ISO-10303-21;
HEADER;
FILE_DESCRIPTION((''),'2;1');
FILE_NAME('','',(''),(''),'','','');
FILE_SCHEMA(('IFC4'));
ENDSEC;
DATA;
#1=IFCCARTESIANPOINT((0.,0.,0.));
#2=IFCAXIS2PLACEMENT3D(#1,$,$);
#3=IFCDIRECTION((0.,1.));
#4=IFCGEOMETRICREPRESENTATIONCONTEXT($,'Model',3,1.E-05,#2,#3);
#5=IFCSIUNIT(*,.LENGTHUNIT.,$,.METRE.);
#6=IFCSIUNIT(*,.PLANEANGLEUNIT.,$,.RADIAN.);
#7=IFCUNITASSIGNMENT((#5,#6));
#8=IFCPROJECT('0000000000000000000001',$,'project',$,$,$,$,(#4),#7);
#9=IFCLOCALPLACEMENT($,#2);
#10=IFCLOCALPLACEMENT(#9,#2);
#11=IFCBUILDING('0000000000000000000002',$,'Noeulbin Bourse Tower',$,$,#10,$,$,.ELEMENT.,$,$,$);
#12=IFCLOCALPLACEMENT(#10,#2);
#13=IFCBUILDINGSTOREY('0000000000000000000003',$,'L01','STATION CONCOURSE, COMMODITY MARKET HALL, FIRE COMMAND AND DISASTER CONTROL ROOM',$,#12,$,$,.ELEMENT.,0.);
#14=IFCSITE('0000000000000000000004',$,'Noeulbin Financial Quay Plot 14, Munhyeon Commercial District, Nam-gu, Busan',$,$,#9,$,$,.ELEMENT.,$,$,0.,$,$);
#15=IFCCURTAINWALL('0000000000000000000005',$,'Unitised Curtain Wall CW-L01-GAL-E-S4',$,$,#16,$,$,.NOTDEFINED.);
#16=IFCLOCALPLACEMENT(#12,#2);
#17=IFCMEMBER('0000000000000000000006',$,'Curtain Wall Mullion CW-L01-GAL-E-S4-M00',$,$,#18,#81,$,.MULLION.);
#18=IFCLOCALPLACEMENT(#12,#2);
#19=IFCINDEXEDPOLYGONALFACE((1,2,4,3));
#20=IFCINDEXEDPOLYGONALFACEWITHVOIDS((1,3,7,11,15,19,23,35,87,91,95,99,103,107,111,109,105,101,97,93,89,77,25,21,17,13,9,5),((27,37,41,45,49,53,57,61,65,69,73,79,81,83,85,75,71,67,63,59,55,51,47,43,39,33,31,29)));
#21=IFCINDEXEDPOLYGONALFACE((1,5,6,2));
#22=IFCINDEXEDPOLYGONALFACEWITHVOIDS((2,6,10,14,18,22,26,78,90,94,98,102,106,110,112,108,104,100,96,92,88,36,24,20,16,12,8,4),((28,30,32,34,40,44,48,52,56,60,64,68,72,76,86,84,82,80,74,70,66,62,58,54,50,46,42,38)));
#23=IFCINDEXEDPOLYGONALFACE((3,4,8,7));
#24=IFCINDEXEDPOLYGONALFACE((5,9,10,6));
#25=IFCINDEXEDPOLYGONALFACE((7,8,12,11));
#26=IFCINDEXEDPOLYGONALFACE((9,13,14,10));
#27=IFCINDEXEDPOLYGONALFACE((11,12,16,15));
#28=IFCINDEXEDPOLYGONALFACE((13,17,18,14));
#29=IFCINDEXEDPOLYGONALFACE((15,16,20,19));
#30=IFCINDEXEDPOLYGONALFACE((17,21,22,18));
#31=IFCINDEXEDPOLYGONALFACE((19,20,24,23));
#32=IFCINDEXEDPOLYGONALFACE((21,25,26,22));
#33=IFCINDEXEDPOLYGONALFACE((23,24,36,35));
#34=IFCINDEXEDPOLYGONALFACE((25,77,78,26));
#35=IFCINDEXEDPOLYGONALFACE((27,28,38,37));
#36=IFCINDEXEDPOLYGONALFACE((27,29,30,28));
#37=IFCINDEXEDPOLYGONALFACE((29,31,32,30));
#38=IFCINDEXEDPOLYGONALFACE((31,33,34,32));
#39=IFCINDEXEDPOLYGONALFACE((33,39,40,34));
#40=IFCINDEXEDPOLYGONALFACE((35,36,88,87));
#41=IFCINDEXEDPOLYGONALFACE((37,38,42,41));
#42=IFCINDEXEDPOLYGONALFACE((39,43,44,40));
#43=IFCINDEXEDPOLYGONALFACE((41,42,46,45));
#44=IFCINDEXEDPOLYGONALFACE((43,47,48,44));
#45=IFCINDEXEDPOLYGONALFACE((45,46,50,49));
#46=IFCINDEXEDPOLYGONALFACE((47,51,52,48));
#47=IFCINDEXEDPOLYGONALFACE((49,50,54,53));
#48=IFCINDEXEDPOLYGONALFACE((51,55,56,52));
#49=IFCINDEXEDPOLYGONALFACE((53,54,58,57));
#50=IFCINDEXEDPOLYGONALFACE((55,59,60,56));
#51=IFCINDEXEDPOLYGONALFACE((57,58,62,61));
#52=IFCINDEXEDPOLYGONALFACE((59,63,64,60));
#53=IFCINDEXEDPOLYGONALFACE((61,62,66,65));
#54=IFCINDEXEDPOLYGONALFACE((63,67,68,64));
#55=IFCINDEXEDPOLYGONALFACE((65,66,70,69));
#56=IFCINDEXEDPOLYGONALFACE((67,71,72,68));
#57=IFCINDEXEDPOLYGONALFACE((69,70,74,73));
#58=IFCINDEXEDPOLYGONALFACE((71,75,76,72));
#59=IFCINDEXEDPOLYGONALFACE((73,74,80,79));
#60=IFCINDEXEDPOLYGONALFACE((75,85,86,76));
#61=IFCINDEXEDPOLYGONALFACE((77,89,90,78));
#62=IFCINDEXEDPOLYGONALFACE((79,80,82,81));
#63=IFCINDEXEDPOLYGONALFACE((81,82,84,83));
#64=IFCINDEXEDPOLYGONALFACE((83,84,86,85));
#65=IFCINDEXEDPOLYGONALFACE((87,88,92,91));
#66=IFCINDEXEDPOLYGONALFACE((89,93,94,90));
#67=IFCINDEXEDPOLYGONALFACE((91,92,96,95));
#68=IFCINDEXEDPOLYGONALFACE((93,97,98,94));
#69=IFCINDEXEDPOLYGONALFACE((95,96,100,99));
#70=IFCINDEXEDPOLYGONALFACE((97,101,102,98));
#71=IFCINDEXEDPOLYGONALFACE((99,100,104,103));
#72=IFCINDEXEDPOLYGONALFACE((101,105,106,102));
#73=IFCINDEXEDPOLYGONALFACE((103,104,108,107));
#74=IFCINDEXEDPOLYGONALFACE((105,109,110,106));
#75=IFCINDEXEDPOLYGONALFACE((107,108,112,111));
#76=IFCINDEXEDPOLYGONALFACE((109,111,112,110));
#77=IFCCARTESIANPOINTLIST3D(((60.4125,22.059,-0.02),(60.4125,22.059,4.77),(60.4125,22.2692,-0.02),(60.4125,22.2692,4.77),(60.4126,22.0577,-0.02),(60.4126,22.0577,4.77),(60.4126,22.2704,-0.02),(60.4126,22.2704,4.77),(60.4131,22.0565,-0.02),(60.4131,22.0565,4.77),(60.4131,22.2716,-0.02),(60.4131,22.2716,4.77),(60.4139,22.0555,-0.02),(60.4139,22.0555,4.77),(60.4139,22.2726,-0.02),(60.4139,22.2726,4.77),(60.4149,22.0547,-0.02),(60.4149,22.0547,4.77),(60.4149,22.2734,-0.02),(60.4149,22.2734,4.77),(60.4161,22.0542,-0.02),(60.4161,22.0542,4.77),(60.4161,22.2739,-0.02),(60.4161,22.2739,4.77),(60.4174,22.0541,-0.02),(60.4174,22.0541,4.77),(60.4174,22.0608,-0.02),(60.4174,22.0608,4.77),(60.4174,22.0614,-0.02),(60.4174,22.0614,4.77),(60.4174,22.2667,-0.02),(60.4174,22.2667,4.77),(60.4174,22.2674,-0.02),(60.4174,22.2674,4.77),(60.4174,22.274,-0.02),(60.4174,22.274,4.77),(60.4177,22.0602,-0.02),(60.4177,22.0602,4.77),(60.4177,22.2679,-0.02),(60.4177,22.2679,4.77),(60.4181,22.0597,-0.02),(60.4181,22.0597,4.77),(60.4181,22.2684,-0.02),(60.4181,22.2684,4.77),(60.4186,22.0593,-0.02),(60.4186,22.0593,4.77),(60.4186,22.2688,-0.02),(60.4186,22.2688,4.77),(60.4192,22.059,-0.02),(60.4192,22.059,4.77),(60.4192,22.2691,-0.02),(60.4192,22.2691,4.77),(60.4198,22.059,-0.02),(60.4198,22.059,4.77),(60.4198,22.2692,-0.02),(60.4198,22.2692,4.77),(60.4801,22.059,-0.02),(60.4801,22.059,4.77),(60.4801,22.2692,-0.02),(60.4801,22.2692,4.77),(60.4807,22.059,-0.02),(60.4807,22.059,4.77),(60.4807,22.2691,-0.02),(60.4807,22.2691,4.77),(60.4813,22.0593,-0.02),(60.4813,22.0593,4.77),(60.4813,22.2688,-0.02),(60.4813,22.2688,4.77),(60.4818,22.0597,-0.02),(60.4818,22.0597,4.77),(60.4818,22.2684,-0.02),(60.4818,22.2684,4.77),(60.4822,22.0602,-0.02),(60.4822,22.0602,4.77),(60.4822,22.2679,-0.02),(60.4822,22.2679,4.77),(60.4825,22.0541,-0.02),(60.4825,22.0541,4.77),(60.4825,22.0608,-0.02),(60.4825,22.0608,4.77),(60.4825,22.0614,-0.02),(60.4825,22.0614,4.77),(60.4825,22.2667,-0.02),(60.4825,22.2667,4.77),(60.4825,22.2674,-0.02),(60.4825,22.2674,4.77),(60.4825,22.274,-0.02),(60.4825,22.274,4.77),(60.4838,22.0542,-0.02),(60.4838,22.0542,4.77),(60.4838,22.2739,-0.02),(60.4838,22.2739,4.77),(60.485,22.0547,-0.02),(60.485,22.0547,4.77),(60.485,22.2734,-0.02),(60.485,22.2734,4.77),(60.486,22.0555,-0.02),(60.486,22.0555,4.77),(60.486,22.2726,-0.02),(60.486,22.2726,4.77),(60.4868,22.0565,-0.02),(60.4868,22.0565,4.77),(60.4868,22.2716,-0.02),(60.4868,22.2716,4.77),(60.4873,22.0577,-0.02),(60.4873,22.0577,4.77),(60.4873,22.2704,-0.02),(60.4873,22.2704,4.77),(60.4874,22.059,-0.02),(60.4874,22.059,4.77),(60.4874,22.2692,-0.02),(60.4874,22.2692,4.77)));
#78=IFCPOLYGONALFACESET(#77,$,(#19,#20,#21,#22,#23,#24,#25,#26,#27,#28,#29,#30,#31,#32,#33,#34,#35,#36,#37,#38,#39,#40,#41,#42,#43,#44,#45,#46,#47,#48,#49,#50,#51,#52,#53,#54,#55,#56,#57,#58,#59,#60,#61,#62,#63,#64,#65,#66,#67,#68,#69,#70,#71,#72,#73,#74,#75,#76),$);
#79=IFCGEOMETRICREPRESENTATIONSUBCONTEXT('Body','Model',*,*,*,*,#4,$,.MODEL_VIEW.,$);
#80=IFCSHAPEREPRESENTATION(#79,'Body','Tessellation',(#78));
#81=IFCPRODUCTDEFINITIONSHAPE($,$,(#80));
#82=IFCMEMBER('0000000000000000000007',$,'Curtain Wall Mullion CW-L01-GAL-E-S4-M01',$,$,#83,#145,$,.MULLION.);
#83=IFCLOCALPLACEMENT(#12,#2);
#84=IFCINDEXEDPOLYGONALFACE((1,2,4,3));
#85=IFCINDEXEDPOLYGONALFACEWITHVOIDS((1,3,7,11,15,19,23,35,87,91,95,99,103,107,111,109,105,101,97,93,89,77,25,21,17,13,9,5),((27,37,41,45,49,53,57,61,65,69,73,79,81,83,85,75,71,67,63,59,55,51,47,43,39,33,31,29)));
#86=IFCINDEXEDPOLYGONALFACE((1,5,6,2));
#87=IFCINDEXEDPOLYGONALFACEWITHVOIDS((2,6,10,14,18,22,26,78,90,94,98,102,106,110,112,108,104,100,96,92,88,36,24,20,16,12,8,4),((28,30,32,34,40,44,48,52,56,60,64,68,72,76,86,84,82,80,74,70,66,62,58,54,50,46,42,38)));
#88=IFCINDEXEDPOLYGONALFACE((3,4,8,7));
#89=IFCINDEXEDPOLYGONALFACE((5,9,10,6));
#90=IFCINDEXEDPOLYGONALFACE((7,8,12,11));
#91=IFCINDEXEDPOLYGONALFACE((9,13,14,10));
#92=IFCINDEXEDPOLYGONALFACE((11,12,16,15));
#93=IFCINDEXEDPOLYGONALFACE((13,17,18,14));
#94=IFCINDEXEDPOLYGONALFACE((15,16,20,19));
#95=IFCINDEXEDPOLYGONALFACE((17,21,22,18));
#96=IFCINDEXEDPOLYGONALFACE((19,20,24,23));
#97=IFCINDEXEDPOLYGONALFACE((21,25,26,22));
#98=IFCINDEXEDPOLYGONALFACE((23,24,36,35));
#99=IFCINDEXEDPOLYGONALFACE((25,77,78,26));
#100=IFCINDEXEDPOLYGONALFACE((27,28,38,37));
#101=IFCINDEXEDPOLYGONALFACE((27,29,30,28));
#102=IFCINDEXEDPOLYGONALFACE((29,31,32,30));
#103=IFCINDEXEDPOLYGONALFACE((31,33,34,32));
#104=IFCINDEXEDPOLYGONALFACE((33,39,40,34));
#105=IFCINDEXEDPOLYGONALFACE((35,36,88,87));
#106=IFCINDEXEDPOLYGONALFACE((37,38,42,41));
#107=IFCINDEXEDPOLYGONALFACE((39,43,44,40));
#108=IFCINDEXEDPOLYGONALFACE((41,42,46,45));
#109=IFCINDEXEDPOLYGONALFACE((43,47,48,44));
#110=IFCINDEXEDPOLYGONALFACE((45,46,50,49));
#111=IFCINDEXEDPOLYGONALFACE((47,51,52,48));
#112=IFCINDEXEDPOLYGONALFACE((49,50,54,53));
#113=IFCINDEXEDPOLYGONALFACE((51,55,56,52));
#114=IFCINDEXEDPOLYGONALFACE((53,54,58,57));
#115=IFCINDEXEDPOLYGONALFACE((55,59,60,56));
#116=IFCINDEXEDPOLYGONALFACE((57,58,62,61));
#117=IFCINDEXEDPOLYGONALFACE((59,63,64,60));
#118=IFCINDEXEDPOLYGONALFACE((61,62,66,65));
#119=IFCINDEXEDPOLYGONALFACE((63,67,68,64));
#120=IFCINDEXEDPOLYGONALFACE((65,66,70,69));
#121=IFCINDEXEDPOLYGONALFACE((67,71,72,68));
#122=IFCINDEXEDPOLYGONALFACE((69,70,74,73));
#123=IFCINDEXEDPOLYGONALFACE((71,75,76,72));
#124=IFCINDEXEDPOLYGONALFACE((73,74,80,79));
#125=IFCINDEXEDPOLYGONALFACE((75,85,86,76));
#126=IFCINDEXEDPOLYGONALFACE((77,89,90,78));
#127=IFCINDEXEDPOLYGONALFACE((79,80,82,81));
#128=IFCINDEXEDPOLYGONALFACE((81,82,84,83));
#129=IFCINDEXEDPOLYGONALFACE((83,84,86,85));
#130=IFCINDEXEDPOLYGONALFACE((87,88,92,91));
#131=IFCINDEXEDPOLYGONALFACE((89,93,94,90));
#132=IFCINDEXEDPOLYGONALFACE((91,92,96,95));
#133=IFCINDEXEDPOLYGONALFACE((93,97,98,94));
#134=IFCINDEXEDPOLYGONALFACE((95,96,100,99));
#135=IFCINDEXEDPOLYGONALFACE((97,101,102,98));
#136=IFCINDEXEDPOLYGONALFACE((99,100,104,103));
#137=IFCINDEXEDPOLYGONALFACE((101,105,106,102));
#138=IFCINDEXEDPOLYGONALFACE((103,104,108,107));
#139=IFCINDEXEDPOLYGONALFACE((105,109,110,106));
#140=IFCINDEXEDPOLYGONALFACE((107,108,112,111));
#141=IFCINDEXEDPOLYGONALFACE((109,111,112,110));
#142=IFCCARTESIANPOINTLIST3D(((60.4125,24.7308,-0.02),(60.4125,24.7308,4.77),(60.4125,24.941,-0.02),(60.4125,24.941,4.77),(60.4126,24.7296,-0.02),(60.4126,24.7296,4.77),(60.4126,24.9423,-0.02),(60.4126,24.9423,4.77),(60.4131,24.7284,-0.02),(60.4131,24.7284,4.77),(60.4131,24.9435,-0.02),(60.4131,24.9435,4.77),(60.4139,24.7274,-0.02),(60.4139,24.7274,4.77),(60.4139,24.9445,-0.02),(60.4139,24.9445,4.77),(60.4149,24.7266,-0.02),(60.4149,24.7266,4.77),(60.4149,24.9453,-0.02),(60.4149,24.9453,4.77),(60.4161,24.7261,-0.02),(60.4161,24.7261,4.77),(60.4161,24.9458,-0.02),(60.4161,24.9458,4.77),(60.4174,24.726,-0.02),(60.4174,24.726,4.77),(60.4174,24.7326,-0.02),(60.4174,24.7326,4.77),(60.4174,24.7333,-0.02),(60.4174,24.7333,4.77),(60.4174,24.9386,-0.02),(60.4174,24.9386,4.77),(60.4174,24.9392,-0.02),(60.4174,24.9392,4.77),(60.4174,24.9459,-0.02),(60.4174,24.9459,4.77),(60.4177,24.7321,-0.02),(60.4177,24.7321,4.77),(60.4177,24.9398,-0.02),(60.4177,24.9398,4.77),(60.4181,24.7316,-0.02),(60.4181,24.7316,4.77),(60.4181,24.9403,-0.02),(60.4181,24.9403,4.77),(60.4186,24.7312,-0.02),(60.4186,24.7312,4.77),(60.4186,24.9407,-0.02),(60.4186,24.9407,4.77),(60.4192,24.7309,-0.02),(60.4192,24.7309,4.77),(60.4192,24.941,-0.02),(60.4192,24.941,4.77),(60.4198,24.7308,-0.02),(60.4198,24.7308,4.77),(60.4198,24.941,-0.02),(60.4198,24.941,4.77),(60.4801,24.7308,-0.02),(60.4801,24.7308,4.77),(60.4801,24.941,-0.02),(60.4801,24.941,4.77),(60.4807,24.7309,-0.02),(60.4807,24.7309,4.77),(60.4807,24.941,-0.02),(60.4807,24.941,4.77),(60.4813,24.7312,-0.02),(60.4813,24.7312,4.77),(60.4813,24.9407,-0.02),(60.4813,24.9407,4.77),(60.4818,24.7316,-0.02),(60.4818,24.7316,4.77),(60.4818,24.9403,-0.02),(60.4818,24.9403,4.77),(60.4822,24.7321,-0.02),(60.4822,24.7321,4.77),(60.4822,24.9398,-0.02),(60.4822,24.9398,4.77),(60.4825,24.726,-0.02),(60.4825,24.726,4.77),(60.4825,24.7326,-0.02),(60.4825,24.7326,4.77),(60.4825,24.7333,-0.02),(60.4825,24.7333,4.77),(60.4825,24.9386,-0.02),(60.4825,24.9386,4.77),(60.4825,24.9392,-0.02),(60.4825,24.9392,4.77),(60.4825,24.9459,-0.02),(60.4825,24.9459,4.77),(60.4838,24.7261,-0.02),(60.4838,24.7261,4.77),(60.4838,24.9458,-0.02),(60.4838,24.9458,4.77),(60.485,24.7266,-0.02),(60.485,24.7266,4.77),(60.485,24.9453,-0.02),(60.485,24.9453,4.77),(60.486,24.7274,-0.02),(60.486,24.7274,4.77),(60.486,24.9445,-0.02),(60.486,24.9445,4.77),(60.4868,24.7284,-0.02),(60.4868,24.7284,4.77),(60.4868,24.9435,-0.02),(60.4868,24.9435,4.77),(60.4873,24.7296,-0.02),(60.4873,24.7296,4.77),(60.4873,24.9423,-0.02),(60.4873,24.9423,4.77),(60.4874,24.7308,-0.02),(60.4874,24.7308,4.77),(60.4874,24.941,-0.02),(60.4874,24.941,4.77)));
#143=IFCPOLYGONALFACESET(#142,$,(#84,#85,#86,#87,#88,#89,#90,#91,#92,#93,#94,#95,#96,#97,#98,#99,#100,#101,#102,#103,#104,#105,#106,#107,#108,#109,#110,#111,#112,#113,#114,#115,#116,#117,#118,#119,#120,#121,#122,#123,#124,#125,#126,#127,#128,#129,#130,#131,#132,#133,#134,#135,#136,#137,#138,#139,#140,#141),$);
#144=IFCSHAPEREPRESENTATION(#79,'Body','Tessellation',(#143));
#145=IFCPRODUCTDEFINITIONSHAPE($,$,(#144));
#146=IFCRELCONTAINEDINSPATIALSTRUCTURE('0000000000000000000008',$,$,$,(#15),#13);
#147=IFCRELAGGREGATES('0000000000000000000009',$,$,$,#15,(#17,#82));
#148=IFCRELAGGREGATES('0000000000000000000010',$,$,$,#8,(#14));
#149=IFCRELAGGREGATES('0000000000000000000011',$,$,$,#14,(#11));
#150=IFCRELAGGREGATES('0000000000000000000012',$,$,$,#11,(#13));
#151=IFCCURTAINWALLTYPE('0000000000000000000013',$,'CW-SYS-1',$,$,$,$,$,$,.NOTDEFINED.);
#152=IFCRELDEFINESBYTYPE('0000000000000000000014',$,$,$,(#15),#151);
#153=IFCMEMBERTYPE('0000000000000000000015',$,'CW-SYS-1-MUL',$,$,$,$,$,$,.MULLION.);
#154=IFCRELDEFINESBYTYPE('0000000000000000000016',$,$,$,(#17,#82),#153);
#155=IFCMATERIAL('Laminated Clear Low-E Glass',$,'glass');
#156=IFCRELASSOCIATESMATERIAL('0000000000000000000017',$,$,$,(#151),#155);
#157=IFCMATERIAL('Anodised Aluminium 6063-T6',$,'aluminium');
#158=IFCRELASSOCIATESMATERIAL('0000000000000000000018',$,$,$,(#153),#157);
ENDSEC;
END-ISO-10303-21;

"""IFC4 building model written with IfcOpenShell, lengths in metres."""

from ifc_helpers import new_model, si_unit, direction, frame, origin, origin_2d, place, context, subcontext, project, spatial, hollow_rectangle, extrude, material, material_profile, profile_set, type_object, element, aggregate, save


model = new_model("IFC4")

# Units and contexts
model_context = context("Model", 3, precision=1e-05, world=origin(), true_north=direction((0.0, 1.0)))
body_context = subcontext(model_context, "Body", "Model", "MODEL_VIEW")
ifc_project = project(units=[si_unit("LENGTHUNIT", "METRE"), si_unit("PLANEANGLEUNIT", "RADIAN")], contexts=[model_context])

# Site, building, storey
site_placement = place(None, origin())
site = spatial("IfcSite", under=ifc_project, at=site_placement, Name="Noeulbin Financial Quay Plot 14, Munhyeon Commercial District, Nam-gu, Busan", CompositionType="ELEMENT", RefElevation=0.0)
building_placement = place(site_placement, origin())
building = spatial("IfcBuilding", under=site, at=building_placement, Name="Noeulbin Bourse Tower", CompositionType="ELEMENT")
storey_placement = place(building_placement, origin())
storey = spatial("IfcBuildingStorey", under=building, at=storey_placement, Name="L01", Description="STATION CONCOURSE, COMMODITY MARKET HALL, FIRE COMMAND AND DISASTER CONTROL ROOM", CompositionType="ELEMENT", Elevation=0.0)

# Shared definitions
ifc_material_1 = material(Name="Laminated Clear Low-E Glass", Category="glass")
curtain_wall_type = type_object("IfcCurtainWallType", Name="CW-SYS-1", PredefinedType="NOTDEFINED", material=ifc_material_1)
ifc_material_2 = material(Name="Anodised Aluminium 6063-T6", Category="aluminium")
ifc_material_profile_1 = material_profile(ifc_material_2, hollow_rectangle(XDim=0.075, YDim=0.22, WallThickness=0.0049, InnerFilletRadius=0.0024, OuterFilletRadius=0.0049, at=origin_2d()), Name="ALU-MULL-75x220x5", Category="LoadBearing")
ifc_profile_set_1 = profile_set([ifc_material_profile_1], Name="Anodised Aluminium 6063-T6")
member_type_1 = type_object("IfcMemberType", Name="CW-SYS-1-MUL", PredefinedType="MULLION", material=ifc_profile_set_1)

# Curtain wall, members
curtain_wall_1_placement = place(storey_placement, origin())
curtain_wall_1 = element("IfcCurtainWall", 1, at=curtain_wall_1_placement, inside=storey, type_object=curtain_wall_type, Name="Unitised Curtain Wall CW-L01-GAL-E-S4", PredefinedType="NOTDEFINED")
member_1_placement = place(storey_placement, frame((60.45, 22.1641, -0.02), z_axis=(0.0, 0.0, 1.0), x_axis=(1.0, 0.0, 0.0)))
member_1 = element("IfcMember", 2, at=member_1_placement, type_object=member_type_1, Name="Curtain Wall Mullion CW-L01-GAL-E-S4-M00", PredefinedType="MULLION", context=body_context, shape_type="SweptSolid", body=[
    extrude(hollow_rectangle(XDim=0.075, YDim=0.22, WallThickness=0.0049, InnerFilletRadius=0.0024, OuterFilletRadius=0.0049, at=origin_2d()), origin(), (0.0, 0.0, 1.0), 4.79),
])
member_2_placement = place(storey_placement, frame((60.45, 24.8359, -0.02), z_axis=(0.0, 0.0, 1.0), x_axis=(1.0, 0.0, 0.0)))
member_2 = element("IfcMember", 3, at=member_2_placement, type_object=member_type_1, Name="Curtain Wall Mullion CW-L01-GAL-E-S4-M01", PredefinedType="MULLION", context=body_context, shape_type="SweptSolid", body=[
    extrude(hollow_rectangle(XDim=0.075, YDim=0.22, WallThickness=0.0049, InnerFilletRadius=0.0024, OuterFilletRadius=0.0049, at=origin_2d()), origin(), (0.0, 0.0, 1.0), 4.79),
])

aggregate(curtain_wall_1, [member_1, member_2])

save(model, "model.ifc")
